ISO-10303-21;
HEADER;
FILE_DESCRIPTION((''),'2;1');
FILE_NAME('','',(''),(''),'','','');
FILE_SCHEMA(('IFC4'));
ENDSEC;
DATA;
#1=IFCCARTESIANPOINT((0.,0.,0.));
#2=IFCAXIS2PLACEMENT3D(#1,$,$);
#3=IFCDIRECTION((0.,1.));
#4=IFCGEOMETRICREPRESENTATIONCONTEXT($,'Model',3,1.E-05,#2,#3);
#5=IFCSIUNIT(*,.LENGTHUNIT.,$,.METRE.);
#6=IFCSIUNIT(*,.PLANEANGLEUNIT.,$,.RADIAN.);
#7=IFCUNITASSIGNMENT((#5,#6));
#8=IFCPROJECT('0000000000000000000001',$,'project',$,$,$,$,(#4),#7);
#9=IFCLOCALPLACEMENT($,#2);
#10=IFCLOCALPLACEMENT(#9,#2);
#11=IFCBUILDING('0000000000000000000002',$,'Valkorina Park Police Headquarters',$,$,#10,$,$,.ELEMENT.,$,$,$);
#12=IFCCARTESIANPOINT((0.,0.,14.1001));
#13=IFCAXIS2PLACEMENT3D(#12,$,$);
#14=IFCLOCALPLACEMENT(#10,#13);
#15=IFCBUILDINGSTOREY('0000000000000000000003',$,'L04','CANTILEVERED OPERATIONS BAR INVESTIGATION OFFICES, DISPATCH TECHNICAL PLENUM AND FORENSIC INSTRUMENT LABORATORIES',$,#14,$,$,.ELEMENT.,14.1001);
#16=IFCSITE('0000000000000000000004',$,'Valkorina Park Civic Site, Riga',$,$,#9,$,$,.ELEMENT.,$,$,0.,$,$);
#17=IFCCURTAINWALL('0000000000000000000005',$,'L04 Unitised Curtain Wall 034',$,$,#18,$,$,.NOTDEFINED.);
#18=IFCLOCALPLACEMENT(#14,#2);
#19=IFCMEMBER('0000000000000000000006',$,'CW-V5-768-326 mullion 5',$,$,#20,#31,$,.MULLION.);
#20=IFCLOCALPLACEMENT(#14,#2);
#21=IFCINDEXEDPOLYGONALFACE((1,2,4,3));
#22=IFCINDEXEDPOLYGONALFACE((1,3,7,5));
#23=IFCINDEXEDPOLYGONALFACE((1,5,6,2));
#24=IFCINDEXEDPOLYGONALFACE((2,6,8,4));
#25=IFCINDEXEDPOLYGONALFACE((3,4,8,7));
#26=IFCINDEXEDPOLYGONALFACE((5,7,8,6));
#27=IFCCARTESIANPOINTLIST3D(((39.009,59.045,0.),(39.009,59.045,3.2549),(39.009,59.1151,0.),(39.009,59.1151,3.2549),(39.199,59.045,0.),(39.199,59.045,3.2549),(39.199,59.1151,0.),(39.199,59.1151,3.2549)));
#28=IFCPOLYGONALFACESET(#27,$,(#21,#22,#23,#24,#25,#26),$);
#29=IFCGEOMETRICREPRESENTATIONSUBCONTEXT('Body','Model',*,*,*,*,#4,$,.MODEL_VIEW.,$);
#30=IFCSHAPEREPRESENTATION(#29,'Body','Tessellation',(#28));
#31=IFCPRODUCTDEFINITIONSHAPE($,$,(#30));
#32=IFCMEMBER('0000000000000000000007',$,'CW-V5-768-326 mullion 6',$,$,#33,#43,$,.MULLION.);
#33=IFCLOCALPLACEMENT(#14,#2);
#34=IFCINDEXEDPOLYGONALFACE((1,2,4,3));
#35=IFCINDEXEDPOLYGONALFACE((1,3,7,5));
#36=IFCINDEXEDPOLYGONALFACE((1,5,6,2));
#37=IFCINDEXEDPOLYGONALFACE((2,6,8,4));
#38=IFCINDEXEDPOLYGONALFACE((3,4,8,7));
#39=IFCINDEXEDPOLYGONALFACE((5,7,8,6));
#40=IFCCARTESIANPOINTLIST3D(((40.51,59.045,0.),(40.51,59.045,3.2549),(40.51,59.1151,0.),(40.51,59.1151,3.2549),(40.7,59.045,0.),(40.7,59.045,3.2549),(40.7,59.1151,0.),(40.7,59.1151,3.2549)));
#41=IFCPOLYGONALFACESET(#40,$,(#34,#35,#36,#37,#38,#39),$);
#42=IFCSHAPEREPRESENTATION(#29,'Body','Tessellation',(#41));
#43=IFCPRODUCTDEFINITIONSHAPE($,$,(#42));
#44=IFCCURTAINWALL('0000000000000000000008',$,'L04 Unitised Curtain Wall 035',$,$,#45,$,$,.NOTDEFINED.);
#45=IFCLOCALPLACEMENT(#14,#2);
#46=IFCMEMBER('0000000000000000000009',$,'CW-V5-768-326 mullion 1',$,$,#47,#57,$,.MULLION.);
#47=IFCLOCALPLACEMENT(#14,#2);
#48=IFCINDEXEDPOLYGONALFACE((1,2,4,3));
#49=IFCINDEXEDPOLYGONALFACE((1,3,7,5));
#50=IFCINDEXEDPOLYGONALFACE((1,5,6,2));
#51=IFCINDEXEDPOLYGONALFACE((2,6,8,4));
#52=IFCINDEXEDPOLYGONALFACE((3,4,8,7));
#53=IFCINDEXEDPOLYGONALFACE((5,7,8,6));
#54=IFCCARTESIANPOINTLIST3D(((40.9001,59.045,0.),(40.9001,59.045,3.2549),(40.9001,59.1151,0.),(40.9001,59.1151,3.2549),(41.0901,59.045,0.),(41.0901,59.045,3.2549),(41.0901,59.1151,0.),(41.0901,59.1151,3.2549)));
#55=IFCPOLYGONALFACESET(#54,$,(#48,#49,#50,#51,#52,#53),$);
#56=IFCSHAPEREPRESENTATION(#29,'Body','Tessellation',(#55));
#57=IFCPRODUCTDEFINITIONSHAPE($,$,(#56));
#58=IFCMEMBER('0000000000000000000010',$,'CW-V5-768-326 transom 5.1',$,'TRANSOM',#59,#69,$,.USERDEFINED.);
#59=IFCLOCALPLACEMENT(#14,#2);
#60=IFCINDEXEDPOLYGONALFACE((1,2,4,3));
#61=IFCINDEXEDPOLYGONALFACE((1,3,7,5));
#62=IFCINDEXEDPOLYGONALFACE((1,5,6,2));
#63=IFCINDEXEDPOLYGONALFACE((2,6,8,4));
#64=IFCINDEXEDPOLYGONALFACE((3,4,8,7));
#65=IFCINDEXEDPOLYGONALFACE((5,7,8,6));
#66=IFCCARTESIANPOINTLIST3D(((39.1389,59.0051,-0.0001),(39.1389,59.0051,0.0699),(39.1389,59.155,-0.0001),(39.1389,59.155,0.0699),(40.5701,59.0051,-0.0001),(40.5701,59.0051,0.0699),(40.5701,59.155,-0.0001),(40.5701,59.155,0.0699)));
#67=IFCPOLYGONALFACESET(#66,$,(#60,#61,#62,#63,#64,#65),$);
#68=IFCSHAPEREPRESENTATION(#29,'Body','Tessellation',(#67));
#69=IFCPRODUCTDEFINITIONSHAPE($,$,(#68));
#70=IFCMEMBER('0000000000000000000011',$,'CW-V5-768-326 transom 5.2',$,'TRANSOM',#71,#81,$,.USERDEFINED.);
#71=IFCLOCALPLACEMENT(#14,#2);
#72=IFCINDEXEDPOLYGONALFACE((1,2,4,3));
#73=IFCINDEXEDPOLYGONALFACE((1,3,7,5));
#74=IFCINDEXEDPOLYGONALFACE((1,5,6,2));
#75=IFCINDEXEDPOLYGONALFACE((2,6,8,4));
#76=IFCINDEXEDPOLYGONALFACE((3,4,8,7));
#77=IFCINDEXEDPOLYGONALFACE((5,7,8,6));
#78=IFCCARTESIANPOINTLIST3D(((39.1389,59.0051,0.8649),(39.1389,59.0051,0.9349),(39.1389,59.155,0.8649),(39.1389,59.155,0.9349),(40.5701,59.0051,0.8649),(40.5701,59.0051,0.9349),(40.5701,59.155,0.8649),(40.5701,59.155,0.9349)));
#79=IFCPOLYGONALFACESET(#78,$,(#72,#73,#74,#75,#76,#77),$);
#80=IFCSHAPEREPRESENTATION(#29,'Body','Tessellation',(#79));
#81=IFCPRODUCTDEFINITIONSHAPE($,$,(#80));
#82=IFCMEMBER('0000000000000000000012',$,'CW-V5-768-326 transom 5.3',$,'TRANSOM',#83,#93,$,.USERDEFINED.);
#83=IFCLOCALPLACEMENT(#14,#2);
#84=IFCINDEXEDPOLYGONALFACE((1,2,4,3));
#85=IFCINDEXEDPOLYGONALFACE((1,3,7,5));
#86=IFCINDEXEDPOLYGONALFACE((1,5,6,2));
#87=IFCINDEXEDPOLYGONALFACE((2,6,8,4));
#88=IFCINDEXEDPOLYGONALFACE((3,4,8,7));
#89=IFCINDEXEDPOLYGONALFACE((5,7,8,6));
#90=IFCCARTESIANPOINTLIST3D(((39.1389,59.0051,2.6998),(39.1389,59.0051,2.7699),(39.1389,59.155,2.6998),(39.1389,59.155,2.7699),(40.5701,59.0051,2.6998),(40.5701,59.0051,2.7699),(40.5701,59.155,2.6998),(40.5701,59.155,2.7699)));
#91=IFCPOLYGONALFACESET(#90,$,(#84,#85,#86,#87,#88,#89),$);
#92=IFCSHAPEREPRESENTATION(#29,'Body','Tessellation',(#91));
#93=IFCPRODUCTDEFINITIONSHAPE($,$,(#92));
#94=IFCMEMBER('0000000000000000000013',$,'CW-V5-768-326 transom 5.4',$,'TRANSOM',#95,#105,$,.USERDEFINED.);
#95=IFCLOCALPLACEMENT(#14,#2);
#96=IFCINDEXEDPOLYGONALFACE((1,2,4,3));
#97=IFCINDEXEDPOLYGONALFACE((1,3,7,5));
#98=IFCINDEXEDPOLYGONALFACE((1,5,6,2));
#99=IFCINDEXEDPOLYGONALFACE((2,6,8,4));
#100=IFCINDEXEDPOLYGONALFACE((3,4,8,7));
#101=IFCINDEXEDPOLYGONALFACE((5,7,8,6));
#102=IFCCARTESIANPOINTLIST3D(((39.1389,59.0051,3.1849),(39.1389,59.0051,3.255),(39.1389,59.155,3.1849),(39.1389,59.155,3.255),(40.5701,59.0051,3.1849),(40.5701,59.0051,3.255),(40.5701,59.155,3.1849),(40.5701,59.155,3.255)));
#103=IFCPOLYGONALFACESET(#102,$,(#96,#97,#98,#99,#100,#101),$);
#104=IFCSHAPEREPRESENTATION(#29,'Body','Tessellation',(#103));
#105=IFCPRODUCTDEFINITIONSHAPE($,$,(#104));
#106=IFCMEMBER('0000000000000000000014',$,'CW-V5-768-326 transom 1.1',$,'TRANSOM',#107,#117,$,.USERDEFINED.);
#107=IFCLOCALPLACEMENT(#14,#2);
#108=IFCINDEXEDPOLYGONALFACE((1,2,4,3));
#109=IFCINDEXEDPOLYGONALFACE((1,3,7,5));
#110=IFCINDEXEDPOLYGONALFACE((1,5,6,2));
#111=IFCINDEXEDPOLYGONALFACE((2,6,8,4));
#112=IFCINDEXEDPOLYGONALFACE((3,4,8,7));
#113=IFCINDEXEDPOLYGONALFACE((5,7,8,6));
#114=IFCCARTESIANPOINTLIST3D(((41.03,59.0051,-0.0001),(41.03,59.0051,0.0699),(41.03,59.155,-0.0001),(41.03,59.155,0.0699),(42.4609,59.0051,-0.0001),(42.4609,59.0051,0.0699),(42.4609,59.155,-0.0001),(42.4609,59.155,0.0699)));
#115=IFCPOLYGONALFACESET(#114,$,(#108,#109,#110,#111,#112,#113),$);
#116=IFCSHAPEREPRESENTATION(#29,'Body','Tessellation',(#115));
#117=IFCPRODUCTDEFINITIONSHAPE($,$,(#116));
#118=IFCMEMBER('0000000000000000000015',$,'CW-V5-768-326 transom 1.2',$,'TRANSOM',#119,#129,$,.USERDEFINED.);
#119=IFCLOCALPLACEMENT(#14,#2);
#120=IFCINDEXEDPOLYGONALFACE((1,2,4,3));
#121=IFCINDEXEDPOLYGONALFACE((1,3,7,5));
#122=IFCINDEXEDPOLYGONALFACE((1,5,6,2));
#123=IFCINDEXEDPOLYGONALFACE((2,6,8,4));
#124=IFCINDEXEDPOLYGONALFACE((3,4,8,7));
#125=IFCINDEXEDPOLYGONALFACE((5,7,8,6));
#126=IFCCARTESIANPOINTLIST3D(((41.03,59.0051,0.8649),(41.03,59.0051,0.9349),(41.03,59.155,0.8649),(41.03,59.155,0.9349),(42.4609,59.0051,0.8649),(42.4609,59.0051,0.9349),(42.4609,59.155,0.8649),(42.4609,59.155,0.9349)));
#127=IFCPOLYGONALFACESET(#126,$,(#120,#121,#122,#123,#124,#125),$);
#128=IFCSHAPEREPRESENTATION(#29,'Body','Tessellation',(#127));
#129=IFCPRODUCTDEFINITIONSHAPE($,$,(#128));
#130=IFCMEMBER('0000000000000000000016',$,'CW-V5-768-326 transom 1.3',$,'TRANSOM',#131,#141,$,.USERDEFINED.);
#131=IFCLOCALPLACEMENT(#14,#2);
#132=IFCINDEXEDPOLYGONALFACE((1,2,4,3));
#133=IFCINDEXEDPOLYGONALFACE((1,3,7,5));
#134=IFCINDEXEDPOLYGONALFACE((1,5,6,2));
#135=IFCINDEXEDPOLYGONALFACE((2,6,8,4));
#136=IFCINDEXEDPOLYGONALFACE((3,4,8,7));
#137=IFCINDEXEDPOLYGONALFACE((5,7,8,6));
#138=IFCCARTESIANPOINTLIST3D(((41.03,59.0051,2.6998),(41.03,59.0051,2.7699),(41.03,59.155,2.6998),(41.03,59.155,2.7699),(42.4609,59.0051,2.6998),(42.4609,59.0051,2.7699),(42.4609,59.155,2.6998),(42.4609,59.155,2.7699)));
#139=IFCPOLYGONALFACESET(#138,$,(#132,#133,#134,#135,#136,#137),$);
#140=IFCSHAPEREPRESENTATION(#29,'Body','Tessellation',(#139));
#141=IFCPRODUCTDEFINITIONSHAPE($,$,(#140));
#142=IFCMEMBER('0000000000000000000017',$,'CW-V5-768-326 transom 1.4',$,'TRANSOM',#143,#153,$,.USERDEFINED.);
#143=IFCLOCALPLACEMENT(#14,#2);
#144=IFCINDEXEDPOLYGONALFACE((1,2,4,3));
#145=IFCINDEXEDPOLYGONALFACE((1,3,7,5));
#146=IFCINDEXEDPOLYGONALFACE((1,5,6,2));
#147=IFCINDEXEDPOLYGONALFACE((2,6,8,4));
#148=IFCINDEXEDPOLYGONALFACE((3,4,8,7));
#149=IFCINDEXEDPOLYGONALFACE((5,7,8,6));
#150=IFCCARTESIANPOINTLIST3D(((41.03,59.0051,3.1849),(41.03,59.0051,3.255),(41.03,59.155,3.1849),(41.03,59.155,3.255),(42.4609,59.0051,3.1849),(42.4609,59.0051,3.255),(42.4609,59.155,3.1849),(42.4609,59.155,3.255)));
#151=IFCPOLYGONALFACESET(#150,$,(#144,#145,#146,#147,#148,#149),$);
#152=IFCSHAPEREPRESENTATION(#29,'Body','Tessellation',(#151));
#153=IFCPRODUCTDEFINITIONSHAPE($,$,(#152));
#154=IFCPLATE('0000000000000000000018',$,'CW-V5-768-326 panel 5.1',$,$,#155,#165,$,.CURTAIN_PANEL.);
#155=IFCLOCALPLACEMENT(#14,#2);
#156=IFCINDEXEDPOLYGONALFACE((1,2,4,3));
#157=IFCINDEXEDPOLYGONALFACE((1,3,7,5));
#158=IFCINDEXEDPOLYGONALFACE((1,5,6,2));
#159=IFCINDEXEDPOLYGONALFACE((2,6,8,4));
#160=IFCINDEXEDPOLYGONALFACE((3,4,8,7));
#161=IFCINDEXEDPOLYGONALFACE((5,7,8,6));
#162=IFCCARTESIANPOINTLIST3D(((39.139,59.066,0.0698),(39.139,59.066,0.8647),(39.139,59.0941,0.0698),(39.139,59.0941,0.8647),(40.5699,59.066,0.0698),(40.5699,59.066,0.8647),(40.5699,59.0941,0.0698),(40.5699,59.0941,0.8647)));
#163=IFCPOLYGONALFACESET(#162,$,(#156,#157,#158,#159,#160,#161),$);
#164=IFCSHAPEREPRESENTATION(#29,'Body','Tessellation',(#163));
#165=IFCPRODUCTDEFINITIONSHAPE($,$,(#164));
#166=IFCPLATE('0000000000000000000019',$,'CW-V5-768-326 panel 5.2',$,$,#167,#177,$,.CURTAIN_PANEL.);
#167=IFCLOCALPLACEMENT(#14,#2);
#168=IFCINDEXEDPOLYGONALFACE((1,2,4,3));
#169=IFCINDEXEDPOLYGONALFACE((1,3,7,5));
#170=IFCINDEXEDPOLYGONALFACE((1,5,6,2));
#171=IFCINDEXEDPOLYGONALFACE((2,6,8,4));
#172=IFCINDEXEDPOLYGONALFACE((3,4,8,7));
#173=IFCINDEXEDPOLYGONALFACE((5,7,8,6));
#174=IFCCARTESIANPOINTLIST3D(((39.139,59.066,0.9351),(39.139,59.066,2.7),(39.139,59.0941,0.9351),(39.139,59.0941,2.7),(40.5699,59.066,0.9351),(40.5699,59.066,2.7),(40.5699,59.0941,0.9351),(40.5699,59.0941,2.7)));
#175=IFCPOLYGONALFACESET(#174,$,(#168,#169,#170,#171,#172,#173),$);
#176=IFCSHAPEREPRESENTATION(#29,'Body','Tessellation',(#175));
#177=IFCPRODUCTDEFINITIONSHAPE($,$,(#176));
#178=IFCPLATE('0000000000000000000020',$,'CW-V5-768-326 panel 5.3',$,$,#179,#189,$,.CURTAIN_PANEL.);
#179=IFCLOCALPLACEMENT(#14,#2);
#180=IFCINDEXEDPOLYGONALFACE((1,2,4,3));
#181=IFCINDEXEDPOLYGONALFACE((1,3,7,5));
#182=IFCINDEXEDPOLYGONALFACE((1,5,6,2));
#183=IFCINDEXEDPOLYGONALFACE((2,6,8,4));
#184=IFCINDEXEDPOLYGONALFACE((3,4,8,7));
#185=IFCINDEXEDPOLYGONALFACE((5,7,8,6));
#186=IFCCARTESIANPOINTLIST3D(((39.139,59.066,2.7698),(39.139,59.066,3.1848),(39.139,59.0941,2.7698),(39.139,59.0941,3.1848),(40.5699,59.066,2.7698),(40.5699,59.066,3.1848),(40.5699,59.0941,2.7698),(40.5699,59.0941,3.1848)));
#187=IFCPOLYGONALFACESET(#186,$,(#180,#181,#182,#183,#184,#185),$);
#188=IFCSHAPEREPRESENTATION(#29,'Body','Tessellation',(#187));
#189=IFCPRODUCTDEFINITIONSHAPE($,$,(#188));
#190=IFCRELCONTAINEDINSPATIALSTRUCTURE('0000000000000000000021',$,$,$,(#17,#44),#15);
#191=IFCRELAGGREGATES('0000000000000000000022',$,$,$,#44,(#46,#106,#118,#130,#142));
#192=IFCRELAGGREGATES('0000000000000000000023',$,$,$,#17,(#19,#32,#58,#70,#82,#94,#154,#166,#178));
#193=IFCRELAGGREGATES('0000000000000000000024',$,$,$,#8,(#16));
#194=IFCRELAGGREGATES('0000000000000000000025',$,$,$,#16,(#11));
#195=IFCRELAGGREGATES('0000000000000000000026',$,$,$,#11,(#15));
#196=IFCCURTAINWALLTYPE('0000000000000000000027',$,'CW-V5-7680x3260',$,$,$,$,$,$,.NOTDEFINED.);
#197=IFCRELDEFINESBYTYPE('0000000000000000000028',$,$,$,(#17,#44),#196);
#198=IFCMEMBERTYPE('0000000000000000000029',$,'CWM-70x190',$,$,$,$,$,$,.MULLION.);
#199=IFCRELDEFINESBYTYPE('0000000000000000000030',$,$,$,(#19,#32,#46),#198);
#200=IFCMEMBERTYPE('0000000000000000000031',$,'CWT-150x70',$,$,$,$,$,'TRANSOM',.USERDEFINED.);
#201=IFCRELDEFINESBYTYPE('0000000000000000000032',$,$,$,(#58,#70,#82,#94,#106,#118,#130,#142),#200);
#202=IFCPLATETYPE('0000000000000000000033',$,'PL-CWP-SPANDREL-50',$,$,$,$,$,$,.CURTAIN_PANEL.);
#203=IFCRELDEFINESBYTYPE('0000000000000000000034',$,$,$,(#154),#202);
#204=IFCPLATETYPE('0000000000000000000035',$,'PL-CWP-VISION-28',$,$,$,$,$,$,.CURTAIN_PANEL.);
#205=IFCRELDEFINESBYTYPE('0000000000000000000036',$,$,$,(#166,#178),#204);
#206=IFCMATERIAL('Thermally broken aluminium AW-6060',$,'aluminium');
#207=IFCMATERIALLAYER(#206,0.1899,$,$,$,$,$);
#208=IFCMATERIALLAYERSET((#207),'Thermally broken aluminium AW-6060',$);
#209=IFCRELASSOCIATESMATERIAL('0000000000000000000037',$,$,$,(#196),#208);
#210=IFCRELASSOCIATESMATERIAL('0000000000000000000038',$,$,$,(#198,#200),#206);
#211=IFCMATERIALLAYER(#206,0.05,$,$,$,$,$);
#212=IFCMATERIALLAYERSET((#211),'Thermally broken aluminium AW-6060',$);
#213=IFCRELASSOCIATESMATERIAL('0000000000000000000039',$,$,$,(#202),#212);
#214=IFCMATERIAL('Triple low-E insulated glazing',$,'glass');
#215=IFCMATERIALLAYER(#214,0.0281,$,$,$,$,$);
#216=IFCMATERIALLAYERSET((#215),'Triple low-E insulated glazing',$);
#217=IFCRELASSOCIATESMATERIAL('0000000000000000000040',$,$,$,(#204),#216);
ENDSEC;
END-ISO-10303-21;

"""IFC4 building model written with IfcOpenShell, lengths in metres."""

from ifc_helpers import new_model, si_unit, direction, frame, origin, origin_2d, place, context, subcontext, project, spatial, rectangle, extrude, material, layer, layer_set, material_profile, profile_set, type_object, element, aggregate, save


model = new_model("IFC4")

# Units and contexts
model_context = context("Model", 3, precision=1e-05, world=origin(), true_north=direction((0.0, 1.0)))
body_context = subcontext(model_context, "Body", "Model", "MODEL_VIEW")
ifc_project = project(units=[si_unit("LENGTHUNIT", "METRE"), si_unit("PLANEANGLEUNIT", "RADIAN")], contexts=[model_context])

# Site, building, storey
site_placement = place(None, origin())
site = spatial("IfcSite", under=ifc_project, at=site_placement, Name="Valkorina Park Civic Site, Riga", CompositionType="ELEMENT", RefElevation=0.0)
building_placement = place(site_placement, origin())
building = spatial("IfcBuilding", under=site, at=building_placement, Name="Valkorina Park Police Headquarters", CompositionType="ELEMENT")
storey_placement = place(building_placement, frame((0.0, 0.0, 14.1001)))
storey = spatial("IfcBuildingStorey", under=building, at=storey_placement, Name="L04", Description="CANTILEVERED OPERATIONS BAR INVESTIGATION OFFICES, DISPATCH TECHNICAL PLENUM AND FORENSIC INSTRUMENT LABORATORIES", CompositionType="ELEMENT", Elevation=14.1001)

# Curtain wall, members
ifc_material_1 = material(Name="Thermally broken aluminium AW-6060", Category="aluminium")
ifc_layer_1 = layer(ifc_material_1, 0.1899)
ifc_layer_set_1 = layer_set([ifc_layer_1], Name="Thermally broken aluminium AW-6060")
curtain_wall_type = type_object("IfcCurtainWallType", Name="CW-V5-7680x3260", PredefinedType="NOTDEFINED", material=ifc_layer_set_1)
curtain_wall_1_placement = place(storey_placement, origin())
curtain_wall_1 = element("IfcCurtainWall", 1, at=curtain_wall_1_placement, inside=storey, type_object=curtain_wall_type, Name="L04 Unitised Curtain Wall 034", PredefinedType="NOTDEFINED")
ifc_material_profile_1 = material_profile(ifc_material_1, rectangle(XDim=0.0701, YDim=0.1899, at=origin_2d()), Name="CWM-02 70x190")
ifc_profile_set_1 = profile_set([ifc_material_profile_1], Name="Thermally broken aluminium AW-6060")
member_type_1 = type_object("IfcMemberType", Name="CWM-70x190", PredefinedType="MULLION", material=ifc_profile_set_1)
member_1_placement = place(storey_placement, frame((39.104, 59.0801, 0.0), z_axis=(0.0, 0.0, 1.0), x_axis=(0.0, 1.0, 0.0)))
member_1 = element("IfcMember", 2, at=member_1_placement, type_object=member_type_1, Name="CW-V5-768-326 mullion 5", PredefinedType="MULLION", context=body_context, shape_type="SweptSolid", body=[
    extrude(rectangle(XDim=0.0701, YDim=0.1899, at=origin_2d()), origin(), (0.0, 0.0, 1.0), 3.2549),
])
member_2_placement = place(storey_placement, frame((40.605, 59.0801, 0.0), z_axis=(0.0, 0.0, 1.0), x_axis=(0.0, 1.0, 0.0)))
member_2 = element("IfcMember", 3, at=member_2_placement, type_object=member_type_1, Name="CW-V5-768-326 mullion 6", PredefinedType="MULLION", context=body_context, shape_type="SweptSolid", body=[
    extrude(rectangle(XDim=0.0701, YDim=0.1899, at=origin_2d()), origin(), (0.0, 0.0, 1.0), 3.2549),
])

# Curtain wall, member
curtain_wall_2_placement = place(storey_placement, origin())
curtain_wall_2 = element("IfcCurtainWall", 4, at=curtain_wall_2_placement, inside=storey, type_object=curtain_wall_type, Name="L04 Unitised Curtain Wall 035", PredefinedType="NOTDEFINED")
member_3_placement = place(storey_placement, frame((40.9951, 59.0801, 0.0), z_axis=(0.0, 0.0, 1.0), x_axis=(0.0, 1.0, 0.0)))
member_3 = element("IfcMember", 5, at=member_3_placement, type_object=member_type_1, Name="CW-V5-768-326 mullion 1", PredefinedType="MULLION", context=body_context, shape_type="SweptSolid", body=[
    extrude(rectangle(XDim=0.0701, YDim=0.1899, at=origin_2d()), origin(), (0.0, 0.0, 1.0), 3.2549),
])

# Members
ifc_material_profile_2 = material_profile(ifc_material_1, rectangle(XDim=0.1499, YDim=0.0701, at=origin_2d()), Name="CWT-02 150x70")
ifc_profile_set_2 = profile_set([ifc_material_profile_2], Name="Thermally broken aluminium AW-6060")
member_type_2 = type_object("IfcMemberType", Name="CWT-150x70", ElementType="TRANSOM", PredefinedType="USERDEFINED", material=ifc_profile_set_2)
member_4_placement = place(storey_placement, frame((39.1389, 59.0801, 0.0349), z_axis=(1.0, 0.0, 0.0), x_axis=(0.0, 1.0, 0.0)))
member_4 = element("IfcMember", 6, at=member_4_placement, type_object=member_type_2, Name="CW-V5-768-326 transom 5.1", ObjectType="TRANSOM", PredefinedType="USERDEFINED", context=body_context, shape_type="SweptSolid", body=[
    extrude(rectangle(XDim=0.1499, YDim=0.0701, at=origin_2d()), origin(), (0.0, 0.0, 1.0), 1.4312),
])
member_5_placement = place(storey_placement, frame((39.1389, 59.0801, 0.8999), z_axis=(1.0, 0.0, 0.0), x_axis=(0.0, 1.0, 0.0)))
member_5 = element("IfcMember", 7, at=member_5_placement, type_object=member_type_2, Name="CW-V5-768-326 transom 5.2", ObjectType="TRANSOM", PredefinedType="USERDEFINED", context=body_context, shape_type="SweptSolid", body=[
    extrude(rectangle(XDim=0.1499, YDim=0.0701, at=origin_2d()), origin(), (0.0, 0.0, 1.0), 1.4312),
])
member_6_placement = place(storey_placement, frame((39.1389, 59.0801, 2.7349), z_axis=(1.0, 0.0, 0.0), x_axis=(0.0, 1.0, 0.0)))
member_6 = element("IfcMember", 8, at=member_6_placement, type_object=member_type_2, Name="CW-V5-768-326 transom 5.3", ObjectType="TRANSOM", PredefinedType="USERDEFINED", context=body_context, shape_type="SweptSolid", body=[
    extrude(rectangle(XDim=0.1499, YDim=0.0701, at=origin_2d()), origin(), (0.0, 0.0, 1.0), 1.4312),
])
member_7_placement = place(storey_placement, frame((39.1389, 59.0801, 3.22), z_axis=(1.0, 0.0, 0.0), x_axis=(0.0, 1.0, 0.0)))
member_7 = element("IfcMember", 9, at=member_7_placement, type_object=member_type_2, Name="CW-V5-768-326 transom 5.4", ObjectType="TRANSOM", PredefinedType="USERDEFINED", context=body_context, shape_type="SweptSolid", body=[
    extrude(rectangle(XDim=0.1499, YDim=0.0701, at=origin_2d()), origin(), (0.0, 0.0, 1.0), 1.4312),
])
member_8_placement = place(storey_placement, frame((41.03, 59.0801, 0.0349), z_axis=(1.0, 0.0, 0.0), x_axis=(0.0, 1.0, 0.0)))
member_8 = element("IfcMember", 10, at=member_8_placement, type_object=member_type_2, Name="CW-V5-768-326 transom 1.1", ObjectType="TRANSOM", PredefinedType="USERDEFINED", context=body_context, shape_type="SweptSolid", body=[
    extrude(rectangle(XDim=0.1499, YDim=0.0701, at=origin_2d()), origin(), (0.0, 0.0, 1.0), 1.4309),
])
member_9_placement = place(storey_placement, frame((41.03, 59.0801, 0.8999), z_axis=(1.0, 0.0, 0.0), x_axis=(0.0, 1.0, 0.0)))
member_9 = element("IfcMember", 11, at=member_9_placement, type_object=member_type_2, Name="CW-V5-768-326 transom 1.2", ObjectType="TRANSOM", PredefinedType="USERDEFINED", context=body_context, shape_type="SweptSolid", body=[
    extrude(rectangle(XDim=0.1499, YDim=0.0701, at=origin_2d()), origin(), (0.0, 0.0, 1.0), 1.4309),
])
member_10_placement = place(storey_placement, frame((41.03, 59.0801, 2.7349), z_axis=(1.0, 0.0, 0.0), x_axis=(0.0, 1.0, 0.0)))
member_10 = element("IfcMember", 12, at=member_10_placement, type_object=member_type_2, Name="CW-V5-768-326 transom 1.3", ObjectType="TRANSOM", PredefinedType="USERDEFINED", context=body_context, shape_type="SweptSolid", body=[
    extrude(rectangle(XDim=0.1499, YDim=0.0701, at=origin_2d()), origin(), (0.0, 0.0, 1.0), 1.4309),
])
member_11_placement = place(storey_placement, frame((41.03, 59.0801, 3.22), z_axis=(1.0, 0.0, 0.0), x_axis=(0.0, 1.0, 0.0)))
member_11 = element("IfcMember", 13, at=member_11_placement, type_object=member_type_2, Name="CW-V5-768-326 transom 1.4", ObjectType="TRANSOM", PredefinedType="USERDEFINED", context=body_context, shape_type="SweptSolid", body=[
    extrude(rectangle(XDim=0.1499, YDim=0.0701, at=origin_2d()), origin(), (0.0, 0.0, 1.0), 1.4309),
])
aggregate(curtain_wall_2, [member_3, member_8, member_9, member_10, member_11])

# Plates
ifc_layer_2 = layer(ifc_material_1, 0.05)
ifc_layer_set_2 = layer_set([ifc_layer_2], Name="Thermally broken aluminium AW-6060")
plate_type_1 = type_object("IfcPlateType", Name="PL-CWP-SPANDREL-50", PredefinedType="CURTAIN_PANEL", material=ifc_layer_set_2)
plate_1_placement = place(storey_placement, frame((39.8545, 59.0801, 0.0698), z_axis=(0.0, 0.0, 1.0), x_axis=(1.0, 0.0, 0.0)))
plate_1 = element("IfcPlate", 14, at=plate_1_placement, type_object=plate_type_1, Name="CW-V5-768-326 panel 5.1", PredefinedType="CURTAIN_PANEL", context=body_context, shape_type="SweptSolid", body=[
    extrude(rectangle(XDim=1.4309, YDim=0.0281, at=origin_2d()), origin(), (0.0, 0.0, 1.0), 0.7949),
])
ifc_material_2 = material(Name="Triple low-E insulated glazing", Category="glass")
ifc_layer_3 = layer(ifc_material_2, 0.0281)
ifc_layer_set_3 = layer_set([ifc_layer_3], Name="Triple low-E insulated glazing")
plate_type_2 = type_object("IfcPlateType", Name="PL-CWP-VISION-28", PredefinedType="CURTAIN_PANEL", material=ifc_layer_set_3)
plate_2_placement = place(storey_placement, frame((39.8545, 59.0801, 0.9351), z_axis=(0.0, 0.0, 1.0), x_axis=(1.0, 0.0, 0.0)))
plate_2 = element("IfcPlate", 15, at=plate_2_placement, type_object=plate_type_2, Name="CW-V5-768-326 panel 5.2", PredefinedType="CURTAIN_PANEL", context=body_context, shape_type="SweptSolid", body=[
    extrude(rectangle(XDim=1.4309, YDim=0.0281, at=origin_2d()), origin(), (0.0, 0.0, 1.0), 1.7649),
])
plate_3_placement = place(storey_placement, frame((39.8545, 59.0801, 2.7698), z_axis=(0.0, 0.0, 1.0), x_axis=(1.0, 0.0, 0.0)))
plate_3 = element("IfcPlate", 16, at=plate_3_placement, type_object=plate_type_2, Name="CW-V5-768-326 panel 5.3", PredefinedType="CURTAIN_PANEL", context=body_context, shape_type="SweptSolid", body=[
    extrude(rectangle(XDim=1.4309, YDim=0.0281, at=origin_2d()), origin(), (0.0, 0.0, 1.0), 0.415),
])
aggregate(curtain_wall_1, [member_1, member_2, member_4, member_5, member_6, member_7, plate_1, plate_2, plate_3])

save(model, "model.ifc")
